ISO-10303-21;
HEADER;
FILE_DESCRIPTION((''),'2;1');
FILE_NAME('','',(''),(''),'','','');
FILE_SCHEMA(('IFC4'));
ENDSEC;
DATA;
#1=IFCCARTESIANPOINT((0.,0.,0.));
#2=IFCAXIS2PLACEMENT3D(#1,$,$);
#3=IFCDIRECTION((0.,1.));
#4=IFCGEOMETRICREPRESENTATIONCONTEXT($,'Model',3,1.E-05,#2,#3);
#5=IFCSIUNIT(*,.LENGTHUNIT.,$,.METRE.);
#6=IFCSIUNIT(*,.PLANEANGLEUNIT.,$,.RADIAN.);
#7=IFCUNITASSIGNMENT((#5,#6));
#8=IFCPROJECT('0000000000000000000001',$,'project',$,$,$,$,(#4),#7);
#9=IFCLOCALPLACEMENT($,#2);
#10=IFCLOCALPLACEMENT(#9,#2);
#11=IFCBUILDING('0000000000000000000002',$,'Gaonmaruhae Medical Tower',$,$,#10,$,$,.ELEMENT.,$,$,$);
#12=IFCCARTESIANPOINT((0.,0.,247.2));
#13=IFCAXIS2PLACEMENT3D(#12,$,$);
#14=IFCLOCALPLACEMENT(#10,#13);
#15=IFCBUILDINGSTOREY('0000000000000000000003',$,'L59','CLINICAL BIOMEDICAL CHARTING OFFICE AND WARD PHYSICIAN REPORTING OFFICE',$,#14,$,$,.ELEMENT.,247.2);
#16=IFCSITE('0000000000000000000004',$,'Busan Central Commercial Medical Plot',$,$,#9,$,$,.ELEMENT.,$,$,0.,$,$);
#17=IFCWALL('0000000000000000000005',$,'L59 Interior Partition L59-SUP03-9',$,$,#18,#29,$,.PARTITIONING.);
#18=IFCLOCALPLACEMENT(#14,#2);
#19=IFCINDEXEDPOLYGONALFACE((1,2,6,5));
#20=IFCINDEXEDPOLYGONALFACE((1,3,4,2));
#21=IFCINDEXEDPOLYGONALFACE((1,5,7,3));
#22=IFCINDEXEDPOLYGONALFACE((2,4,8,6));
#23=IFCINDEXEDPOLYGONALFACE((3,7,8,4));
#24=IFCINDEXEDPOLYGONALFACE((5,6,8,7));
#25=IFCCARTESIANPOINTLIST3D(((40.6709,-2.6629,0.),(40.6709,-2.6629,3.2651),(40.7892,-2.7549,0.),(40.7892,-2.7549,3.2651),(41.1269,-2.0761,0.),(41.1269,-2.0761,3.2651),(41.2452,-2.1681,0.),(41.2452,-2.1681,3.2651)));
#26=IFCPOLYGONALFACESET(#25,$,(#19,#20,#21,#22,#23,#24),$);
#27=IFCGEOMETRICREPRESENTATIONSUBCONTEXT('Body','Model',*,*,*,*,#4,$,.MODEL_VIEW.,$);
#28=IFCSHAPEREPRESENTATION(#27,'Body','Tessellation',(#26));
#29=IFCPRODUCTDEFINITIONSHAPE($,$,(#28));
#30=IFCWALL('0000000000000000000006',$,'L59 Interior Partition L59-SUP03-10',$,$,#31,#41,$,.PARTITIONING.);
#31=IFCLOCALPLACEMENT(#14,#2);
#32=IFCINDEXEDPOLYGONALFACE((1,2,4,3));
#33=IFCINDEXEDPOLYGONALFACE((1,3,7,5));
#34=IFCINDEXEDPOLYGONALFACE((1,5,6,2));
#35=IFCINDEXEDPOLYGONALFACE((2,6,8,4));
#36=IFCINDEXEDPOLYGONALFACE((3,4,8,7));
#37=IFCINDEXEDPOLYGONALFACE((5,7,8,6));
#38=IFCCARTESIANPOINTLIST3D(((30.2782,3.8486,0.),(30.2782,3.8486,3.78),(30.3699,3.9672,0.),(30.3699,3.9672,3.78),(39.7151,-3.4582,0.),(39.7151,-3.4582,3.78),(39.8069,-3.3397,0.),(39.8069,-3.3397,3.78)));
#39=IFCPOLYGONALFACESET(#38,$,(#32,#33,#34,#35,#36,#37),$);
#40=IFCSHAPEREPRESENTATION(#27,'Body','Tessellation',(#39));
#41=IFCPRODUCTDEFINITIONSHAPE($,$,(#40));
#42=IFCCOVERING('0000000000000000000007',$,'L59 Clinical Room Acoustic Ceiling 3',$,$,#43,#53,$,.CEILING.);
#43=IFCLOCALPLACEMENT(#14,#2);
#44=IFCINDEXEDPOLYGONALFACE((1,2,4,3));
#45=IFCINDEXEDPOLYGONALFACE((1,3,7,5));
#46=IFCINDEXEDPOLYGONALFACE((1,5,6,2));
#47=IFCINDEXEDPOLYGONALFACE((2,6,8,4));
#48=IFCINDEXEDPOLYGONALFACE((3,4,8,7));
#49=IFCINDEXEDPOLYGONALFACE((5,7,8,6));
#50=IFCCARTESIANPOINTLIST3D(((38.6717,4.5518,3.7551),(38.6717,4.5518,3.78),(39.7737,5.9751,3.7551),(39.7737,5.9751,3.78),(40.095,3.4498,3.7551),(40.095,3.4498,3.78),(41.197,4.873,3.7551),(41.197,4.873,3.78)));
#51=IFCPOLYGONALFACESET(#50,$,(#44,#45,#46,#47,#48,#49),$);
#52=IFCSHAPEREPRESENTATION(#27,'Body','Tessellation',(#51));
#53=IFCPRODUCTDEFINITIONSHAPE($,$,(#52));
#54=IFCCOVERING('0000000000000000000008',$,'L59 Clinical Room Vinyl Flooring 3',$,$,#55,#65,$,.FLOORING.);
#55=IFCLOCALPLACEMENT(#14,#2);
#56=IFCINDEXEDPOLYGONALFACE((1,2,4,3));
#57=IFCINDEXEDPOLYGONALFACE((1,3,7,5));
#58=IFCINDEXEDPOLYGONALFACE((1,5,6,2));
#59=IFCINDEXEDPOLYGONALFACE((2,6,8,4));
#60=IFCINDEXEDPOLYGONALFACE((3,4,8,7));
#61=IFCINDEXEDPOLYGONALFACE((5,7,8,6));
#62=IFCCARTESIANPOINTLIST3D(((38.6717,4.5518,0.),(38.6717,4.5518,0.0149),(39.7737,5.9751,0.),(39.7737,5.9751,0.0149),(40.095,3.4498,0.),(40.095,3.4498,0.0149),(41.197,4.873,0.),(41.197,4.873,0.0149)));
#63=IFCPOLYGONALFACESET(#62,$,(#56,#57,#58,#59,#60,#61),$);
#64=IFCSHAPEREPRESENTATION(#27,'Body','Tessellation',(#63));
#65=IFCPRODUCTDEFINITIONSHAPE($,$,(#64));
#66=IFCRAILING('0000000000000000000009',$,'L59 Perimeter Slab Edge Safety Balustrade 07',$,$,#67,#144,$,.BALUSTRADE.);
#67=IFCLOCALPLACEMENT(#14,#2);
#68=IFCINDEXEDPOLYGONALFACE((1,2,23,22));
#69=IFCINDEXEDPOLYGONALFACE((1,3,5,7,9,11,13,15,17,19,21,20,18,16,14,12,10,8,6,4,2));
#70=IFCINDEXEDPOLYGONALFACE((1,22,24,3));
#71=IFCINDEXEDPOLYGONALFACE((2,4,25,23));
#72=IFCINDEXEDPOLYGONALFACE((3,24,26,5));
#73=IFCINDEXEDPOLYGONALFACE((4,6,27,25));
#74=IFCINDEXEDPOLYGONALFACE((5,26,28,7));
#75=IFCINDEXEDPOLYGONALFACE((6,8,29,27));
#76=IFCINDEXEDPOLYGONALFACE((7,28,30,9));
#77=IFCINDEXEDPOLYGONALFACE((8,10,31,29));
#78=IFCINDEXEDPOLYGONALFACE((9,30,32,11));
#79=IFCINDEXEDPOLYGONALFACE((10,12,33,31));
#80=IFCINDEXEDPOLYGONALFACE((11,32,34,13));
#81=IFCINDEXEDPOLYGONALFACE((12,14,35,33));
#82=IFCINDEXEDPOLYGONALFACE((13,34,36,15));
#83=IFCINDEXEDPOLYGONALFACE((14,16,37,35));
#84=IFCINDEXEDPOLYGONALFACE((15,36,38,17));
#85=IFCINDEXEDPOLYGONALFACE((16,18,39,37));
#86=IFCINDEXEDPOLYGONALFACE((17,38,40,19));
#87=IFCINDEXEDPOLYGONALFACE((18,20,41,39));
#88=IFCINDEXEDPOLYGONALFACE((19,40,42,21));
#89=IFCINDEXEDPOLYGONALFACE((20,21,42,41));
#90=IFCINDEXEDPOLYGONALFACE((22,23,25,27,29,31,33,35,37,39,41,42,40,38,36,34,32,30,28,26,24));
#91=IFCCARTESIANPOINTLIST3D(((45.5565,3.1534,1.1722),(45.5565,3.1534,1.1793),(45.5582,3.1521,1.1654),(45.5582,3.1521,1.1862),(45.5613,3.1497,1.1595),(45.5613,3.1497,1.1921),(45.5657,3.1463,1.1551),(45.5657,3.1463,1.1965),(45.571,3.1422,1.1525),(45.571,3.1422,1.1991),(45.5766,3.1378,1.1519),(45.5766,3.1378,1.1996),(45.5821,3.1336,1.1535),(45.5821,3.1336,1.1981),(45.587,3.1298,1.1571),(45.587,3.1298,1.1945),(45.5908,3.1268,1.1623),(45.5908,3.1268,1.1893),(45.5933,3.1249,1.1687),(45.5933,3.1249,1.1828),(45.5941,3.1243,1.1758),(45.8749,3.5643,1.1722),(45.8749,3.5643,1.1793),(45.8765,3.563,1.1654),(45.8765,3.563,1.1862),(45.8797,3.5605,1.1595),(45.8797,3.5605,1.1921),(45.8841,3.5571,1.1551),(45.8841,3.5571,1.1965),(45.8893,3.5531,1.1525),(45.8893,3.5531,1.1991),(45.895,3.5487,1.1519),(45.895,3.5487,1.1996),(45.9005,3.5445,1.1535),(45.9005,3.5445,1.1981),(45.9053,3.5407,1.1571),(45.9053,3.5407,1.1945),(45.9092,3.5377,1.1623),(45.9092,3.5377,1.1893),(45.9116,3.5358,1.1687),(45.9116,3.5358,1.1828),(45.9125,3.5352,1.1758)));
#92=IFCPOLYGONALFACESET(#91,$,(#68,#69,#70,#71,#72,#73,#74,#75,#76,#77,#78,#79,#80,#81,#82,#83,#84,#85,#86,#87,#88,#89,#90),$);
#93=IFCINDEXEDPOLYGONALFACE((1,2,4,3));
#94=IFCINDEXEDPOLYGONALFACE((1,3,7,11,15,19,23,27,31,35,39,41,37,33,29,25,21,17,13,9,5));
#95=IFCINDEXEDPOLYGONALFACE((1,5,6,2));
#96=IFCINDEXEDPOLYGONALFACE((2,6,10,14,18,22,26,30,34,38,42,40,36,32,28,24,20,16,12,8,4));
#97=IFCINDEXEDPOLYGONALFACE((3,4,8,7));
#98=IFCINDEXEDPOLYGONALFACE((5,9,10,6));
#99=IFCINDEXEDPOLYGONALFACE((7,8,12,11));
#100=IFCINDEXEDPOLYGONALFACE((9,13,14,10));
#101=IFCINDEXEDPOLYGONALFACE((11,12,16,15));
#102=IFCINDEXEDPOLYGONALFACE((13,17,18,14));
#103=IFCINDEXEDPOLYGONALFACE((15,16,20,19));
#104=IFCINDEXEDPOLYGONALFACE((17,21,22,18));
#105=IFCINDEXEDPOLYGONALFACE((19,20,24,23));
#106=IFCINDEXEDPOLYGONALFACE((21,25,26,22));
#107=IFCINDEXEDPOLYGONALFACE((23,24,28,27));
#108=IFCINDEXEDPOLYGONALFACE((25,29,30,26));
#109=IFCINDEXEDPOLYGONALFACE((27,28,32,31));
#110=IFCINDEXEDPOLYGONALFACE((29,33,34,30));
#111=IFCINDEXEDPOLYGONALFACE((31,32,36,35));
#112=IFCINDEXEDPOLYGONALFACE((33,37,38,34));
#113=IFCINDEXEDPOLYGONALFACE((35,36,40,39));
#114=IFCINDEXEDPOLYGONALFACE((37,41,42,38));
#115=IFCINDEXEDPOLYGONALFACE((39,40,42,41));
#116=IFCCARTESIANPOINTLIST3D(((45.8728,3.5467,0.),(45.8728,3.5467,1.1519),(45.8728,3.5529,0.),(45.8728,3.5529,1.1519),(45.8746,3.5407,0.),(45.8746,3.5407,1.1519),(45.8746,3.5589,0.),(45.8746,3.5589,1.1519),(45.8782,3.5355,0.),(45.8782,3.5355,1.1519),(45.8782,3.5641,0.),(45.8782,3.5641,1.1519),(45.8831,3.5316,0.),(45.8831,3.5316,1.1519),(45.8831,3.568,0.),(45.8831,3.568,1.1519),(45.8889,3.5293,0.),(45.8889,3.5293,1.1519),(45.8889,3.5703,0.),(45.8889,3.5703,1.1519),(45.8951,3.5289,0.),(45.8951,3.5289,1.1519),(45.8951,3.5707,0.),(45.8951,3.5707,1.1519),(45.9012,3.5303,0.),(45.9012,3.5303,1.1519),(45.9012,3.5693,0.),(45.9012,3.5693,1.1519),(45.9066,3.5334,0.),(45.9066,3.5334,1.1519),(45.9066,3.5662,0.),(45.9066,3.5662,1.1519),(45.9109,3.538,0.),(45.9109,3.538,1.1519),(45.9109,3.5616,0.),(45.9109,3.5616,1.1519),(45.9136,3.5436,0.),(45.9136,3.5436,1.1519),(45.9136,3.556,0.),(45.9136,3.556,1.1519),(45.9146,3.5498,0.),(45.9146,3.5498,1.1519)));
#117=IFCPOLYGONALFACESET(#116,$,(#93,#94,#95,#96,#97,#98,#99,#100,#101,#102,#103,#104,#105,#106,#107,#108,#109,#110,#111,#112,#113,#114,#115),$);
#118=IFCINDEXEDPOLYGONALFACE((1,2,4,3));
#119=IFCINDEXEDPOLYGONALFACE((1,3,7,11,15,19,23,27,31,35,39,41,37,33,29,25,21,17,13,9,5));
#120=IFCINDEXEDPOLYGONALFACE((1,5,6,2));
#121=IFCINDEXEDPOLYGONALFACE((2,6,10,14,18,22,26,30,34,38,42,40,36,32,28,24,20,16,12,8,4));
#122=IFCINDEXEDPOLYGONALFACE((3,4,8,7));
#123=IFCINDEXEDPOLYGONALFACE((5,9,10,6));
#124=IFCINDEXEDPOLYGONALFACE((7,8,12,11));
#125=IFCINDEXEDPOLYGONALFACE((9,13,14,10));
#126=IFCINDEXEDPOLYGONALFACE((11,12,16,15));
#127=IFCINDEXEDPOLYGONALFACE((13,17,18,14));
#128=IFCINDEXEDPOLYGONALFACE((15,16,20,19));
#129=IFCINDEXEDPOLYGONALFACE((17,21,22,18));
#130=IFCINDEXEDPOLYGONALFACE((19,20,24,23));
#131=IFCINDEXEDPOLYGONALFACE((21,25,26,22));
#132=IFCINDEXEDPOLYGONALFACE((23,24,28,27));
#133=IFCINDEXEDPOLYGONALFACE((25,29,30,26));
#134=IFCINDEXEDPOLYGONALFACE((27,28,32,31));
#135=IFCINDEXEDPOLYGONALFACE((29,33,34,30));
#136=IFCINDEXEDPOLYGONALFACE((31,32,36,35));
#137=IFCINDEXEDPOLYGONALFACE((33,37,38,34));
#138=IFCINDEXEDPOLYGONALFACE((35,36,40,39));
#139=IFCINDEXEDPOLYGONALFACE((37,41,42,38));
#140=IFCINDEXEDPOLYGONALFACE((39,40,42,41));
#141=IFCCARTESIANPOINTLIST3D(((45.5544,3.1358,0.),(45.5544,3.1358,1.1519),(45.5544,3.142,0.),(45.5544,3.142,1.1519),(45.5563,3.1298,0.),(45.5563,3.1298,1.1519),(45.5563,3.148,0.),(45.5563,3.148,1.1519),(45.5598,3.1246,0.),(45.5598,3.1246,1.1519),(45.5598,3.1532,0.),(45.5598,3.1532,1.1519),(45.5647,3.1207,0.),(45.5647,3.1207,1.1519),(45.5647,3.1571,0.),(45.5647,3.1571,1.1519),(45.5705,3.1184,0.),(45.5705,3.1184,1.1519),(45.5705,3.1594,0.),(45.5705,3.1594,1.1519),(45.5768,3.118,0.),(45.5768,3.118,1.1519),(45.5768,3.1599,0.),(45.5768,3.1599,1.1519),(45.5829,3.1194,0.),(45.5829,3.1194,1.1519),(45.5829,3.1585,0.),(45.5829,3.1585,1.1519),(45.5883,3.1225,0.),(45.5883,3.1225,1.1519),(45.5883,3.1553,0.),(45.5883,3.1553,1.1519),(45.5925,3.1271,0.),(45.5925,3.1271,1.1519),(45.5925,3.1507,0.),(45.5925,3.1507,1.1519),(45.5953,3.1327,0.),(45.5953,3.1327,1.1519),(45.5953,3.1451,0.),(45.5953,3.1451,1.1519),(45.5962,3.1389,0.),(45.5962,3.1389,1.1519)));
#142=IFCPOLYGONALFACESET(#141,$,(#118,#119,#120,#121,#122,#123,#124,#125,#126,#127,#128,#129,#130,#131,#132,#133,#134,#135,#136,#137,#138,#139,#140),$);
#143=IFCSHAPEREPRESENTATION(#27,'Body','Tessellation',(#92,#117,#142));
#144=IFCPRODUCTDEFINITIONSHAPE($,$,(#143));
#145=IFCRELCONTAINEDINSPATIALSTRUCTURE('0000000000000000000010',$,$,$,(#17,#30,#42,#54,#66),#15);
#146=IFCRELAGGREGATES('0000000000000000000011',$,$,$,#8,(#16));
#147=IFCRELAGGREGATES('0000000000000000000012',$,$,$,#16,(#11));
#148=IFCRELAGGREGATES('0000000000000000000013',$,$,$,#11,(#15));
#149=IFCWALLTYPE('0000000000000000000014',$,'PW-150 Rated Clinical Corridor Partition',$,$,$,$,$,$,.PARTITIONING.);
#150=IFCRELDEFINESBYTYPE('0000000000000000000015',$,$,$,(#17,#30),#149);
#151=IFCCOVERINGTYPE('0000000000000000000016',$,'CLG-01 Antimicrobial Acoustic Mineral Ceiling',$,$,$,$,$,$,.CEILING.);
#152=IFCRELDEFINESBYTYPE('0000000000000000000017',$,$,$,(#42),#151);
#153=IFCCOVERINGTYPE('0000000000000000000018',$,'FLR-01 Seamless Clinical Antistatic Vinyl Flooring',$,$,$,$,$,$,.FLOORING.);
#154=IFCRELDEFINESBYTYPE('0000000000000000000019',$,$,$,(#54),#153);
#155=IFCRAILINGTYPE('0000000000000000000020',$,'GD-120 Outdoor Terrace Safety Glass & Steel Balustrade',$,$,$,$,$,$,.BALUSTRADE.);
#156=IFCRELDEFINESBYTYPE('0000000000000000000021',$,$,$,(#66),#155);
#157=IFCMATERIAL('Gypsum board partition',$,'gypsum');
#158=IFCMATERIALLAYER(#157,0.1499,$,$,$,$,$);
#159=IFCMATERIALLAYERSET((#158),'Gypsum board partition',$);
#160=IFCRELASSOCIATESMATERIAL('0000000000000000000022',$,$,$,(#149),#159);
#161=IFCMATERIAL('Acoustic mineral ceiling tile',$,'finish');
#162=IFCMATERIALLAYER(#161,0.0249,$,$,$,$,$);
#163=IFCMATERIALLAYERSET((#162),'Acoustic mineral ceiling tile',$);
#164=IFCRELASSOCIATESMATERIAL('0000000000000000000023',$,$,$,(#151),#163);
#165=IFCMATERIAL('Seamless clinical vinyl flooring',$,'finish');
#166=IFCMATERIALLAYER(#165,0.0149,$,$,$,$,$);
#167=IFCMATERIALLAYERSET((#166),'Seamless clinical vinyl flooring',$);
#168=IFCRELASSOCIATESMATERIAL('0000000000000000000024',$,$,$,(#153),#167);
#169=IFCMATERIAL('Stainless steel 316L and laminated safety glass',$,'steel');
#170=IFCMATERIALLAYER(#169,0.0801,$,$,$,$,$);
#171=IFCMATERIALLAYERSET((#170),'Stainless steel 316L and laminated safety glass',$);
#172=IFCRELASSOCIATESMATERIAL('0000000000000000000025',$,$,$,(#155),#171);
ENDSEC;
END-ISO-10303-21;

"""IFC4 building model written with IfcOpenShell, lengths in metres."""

from ifc_helpers import new_model, si_unit, direction, frame, frame_2d, origin, origin_2d, place, context, subcontext, project, spatial, rectangle, circle, extrude, material, layer, layer_set, type_object, element, save


model = new_model("IFC4")

# Units and contexts
model_context = context("Model", 3, precision=1e-05, world=origin(), true_north=direction((0.0, 1.0)))
body_context = subcontext(model_context, "Body", "Model", "MODEL_VIEW")
ifc_project = project(units=[si_unit("LENGTHUNIT", "METRE"), si_unit("PLANEANGLEUNIT", "RADIAN")], contexts=[model_context])

# Site, building, storey
site_placement = place(None, origin())
site = spatial("IfcSite", under=ifc_project, at=site_placement, Name="Busan Central Commercial Medical Plot", CompositionType="ELEMENT", RefElevation=0.0)
building_placement = place(site_placement, origin())
building = spatial("IfcBuilding", under=site, at=building_placement, Name="Gaonmaruhae Medical Tower", CompositionType="ELEMENT")
storey_placement = place(building_placement, frame((0.0, 0.0, 247.2)))
storey = spatial("IfcBuildingStorey", under=building, at=storey_placement, Name="L59", Description="CLINICAL BIOMEDICAL CHARTING OFFICE AND WARD PHYSICIAN REPORTING OFFICE", CompositionType="ELEMENT", Elevation=247.2)

# Walls
ifc_material_1 = material(Name="Gypsum board partition", Category="gypsum")
ifc_layer_1 = layer(ifc_material_1, 0.1499)
ifc_layer_set_1 = layer_set([ifc_layer_1], Name="Gypsum board partition")
wall_type_1 = type_object("IfcWallType", Name="PW-150 Rated Clinical Corridor Partition", PredefinedType="PARTITIONING", material=ifc_layer_set_1)
wall_1_placement = place(storey_placement, frame((41.186, -2.1221, 0.0), z_axis=(0.0, 0.0, 1.0), x_axis=(-0.613577, -0.789635, 0.0)))
element("IfcWall", 1, at=wall_1_placement, inside=storey, type_object=wall_type_1, Name="L59 Interior Partition L59-SUP03-9", PredefinedType="PARTITIONING", context=body_context, shape_type="SweptSolid", body=[
    extrude(rectangle(XDim=0.7432, YDim=0.1499, at=frame_2d((0.3716, 0.0))), origin(), (0.0, 0.0, 1.0), 3.2651),
])
wall_2_placement = place(storey_placement, frame((39.761, -3.3989, 0.0), z_axis=(0.0, 0.0, 1.0), x_axis=(-0.790691, 0.612216, 0.0)))
element("IfcWall", 2, at=wall_2_placement, inside=storey, type_object=wall_type_1, Name="L59 Interior Partition L59-SUP03-10", PredefinedType="PARTITIONING", context=body_context, shape_type="SweptSolid", body=[
    extrude(rectangle(XDim=11.9351, YDim=0.1499, at=frame_2d((5.9675, 0.0))), origin(), (0.0, 0.0, 1.0), 3.78),
])

# Coverings
ifc_material_2 = material(Name="Acoustic mineral ceiling tile", Category="finish")
ifc_layer_2 = layer(ifc_material_2, 0.0249)
ifc_layer_set_2 = layer_set([ifc_layer_2], Name="Acoustic mineral ceiling tile")
covering_type_1 = type_object("IfcCoveringType", Name="CLG-01 Antimicrobial Acoustic Mineral Ceiling", PredefinedType="CEILING", material=ifc_layer_set_2)
covering_1_placement = place(storey_placement, frame((39.9343, 4.7124, 3.7551), z_axis=(0.0, 0.0, 1.0), x_axis=(0.612217, 0.79069, 0.0)))
element("IfcCovering", 3, at=covering_1_placement, inside=storey, type_object=covering_type_1, Name="L59 Clinical Room Acoustic Ceiling 3", PredefinedType="CEILING", context=body_context, shape_type="SweptSolid", body=[
    extrude(rectangle(XDim=1.8, YDim=1.8, at=origin_2d()), origin(), (0.0, 0.0, 1.0), 0.0249),
])
ifc_material_3 = material(Name="Seamless clinical vinyl flooring", Category="finish")
ifc_layer_3 = layer(ifc_material_3, 0.0149)
ifc_layer_set_3 = layer_set([ifc_layer_3], Name="Seamless clinical vinyl flooring")
covering_type_2 = type_object("IfcCoveringType", Name="FLR-01 Seamless Clinical Antistatic Vinyl Flooring", PredefinedType="FLOORING", material=ifc_layer_set_3)
covering_2_placement = place(storey_placement, frame((39.9343, 4.7124, 0.0), z_axis=(0.0, 0.0, 1.0), x_axis=(0.612217, 0.79069, 0.0)))
element("IfcCovering", 4, at=covering_2_placement, inside=storey, type_object=covering_type_2, Name="L59 Clinical Room Vinyl Flooring 3", PredefinedType="FLOORING", context=body_context, shape_type="SweptSolid", body=[
    extrude(rectangle(XDim=1.8, YDim=1.8, at=origin_2d()), origin(), (0.0, 0.0, 1.0), 0.0149),
])

# Railing
ifc_material_4 = material(Name="Stainless steel 316L and laminated safety glass", Category="steel")
ifc_layer_4 = layer(ifc_material_4, 0.0801)
ifc_layer_set_4 = layer_set([ifc_layer_4], Name="Stainless steel 316L and laminated safety glass")
railing_type = type_object("IfcRailingType", Name="GD-120 Outdoor Terrace Safety Glass & Steel Balustrade", PredefinedType="BALUSTRADE", material=ifc_layer_set_4)
railing_1_placement = place(storey_placement, frame((45.8936, 3.5498, 0.0)))
element("IfcRailing", 5, at=railing_1_placement, inside=storey, type_object=railing_type, Name="L59 Perimeter Slab Edge Safety Balustrade 07", PredefinedType="BALUSTRADE", context=body_context, shape_type="SweptSolid", body=[
    extrude(circle(Radius=0.0239, at=origin_2d()), frame((0.0, 0.0, 1.1758), z_axis=(-0.612476, -0.790489, 0.0), x_axis=(0.790489, -0.612476, 0.0)), (0.0, 0.0, 1.0), 0.5198),
    extrude(circle(Radius=0.021, at=origin_2d()), origin(), (0.0, 0.0, 1.0), 1.1519),
    extrude(circle(Radius=0.021, at=origin_2d()), frame((-0.3184, -0.4109, 0.0)), (0.0, 0.0, 1.0), 1.1519),
])

save(model, "model.ifc")
